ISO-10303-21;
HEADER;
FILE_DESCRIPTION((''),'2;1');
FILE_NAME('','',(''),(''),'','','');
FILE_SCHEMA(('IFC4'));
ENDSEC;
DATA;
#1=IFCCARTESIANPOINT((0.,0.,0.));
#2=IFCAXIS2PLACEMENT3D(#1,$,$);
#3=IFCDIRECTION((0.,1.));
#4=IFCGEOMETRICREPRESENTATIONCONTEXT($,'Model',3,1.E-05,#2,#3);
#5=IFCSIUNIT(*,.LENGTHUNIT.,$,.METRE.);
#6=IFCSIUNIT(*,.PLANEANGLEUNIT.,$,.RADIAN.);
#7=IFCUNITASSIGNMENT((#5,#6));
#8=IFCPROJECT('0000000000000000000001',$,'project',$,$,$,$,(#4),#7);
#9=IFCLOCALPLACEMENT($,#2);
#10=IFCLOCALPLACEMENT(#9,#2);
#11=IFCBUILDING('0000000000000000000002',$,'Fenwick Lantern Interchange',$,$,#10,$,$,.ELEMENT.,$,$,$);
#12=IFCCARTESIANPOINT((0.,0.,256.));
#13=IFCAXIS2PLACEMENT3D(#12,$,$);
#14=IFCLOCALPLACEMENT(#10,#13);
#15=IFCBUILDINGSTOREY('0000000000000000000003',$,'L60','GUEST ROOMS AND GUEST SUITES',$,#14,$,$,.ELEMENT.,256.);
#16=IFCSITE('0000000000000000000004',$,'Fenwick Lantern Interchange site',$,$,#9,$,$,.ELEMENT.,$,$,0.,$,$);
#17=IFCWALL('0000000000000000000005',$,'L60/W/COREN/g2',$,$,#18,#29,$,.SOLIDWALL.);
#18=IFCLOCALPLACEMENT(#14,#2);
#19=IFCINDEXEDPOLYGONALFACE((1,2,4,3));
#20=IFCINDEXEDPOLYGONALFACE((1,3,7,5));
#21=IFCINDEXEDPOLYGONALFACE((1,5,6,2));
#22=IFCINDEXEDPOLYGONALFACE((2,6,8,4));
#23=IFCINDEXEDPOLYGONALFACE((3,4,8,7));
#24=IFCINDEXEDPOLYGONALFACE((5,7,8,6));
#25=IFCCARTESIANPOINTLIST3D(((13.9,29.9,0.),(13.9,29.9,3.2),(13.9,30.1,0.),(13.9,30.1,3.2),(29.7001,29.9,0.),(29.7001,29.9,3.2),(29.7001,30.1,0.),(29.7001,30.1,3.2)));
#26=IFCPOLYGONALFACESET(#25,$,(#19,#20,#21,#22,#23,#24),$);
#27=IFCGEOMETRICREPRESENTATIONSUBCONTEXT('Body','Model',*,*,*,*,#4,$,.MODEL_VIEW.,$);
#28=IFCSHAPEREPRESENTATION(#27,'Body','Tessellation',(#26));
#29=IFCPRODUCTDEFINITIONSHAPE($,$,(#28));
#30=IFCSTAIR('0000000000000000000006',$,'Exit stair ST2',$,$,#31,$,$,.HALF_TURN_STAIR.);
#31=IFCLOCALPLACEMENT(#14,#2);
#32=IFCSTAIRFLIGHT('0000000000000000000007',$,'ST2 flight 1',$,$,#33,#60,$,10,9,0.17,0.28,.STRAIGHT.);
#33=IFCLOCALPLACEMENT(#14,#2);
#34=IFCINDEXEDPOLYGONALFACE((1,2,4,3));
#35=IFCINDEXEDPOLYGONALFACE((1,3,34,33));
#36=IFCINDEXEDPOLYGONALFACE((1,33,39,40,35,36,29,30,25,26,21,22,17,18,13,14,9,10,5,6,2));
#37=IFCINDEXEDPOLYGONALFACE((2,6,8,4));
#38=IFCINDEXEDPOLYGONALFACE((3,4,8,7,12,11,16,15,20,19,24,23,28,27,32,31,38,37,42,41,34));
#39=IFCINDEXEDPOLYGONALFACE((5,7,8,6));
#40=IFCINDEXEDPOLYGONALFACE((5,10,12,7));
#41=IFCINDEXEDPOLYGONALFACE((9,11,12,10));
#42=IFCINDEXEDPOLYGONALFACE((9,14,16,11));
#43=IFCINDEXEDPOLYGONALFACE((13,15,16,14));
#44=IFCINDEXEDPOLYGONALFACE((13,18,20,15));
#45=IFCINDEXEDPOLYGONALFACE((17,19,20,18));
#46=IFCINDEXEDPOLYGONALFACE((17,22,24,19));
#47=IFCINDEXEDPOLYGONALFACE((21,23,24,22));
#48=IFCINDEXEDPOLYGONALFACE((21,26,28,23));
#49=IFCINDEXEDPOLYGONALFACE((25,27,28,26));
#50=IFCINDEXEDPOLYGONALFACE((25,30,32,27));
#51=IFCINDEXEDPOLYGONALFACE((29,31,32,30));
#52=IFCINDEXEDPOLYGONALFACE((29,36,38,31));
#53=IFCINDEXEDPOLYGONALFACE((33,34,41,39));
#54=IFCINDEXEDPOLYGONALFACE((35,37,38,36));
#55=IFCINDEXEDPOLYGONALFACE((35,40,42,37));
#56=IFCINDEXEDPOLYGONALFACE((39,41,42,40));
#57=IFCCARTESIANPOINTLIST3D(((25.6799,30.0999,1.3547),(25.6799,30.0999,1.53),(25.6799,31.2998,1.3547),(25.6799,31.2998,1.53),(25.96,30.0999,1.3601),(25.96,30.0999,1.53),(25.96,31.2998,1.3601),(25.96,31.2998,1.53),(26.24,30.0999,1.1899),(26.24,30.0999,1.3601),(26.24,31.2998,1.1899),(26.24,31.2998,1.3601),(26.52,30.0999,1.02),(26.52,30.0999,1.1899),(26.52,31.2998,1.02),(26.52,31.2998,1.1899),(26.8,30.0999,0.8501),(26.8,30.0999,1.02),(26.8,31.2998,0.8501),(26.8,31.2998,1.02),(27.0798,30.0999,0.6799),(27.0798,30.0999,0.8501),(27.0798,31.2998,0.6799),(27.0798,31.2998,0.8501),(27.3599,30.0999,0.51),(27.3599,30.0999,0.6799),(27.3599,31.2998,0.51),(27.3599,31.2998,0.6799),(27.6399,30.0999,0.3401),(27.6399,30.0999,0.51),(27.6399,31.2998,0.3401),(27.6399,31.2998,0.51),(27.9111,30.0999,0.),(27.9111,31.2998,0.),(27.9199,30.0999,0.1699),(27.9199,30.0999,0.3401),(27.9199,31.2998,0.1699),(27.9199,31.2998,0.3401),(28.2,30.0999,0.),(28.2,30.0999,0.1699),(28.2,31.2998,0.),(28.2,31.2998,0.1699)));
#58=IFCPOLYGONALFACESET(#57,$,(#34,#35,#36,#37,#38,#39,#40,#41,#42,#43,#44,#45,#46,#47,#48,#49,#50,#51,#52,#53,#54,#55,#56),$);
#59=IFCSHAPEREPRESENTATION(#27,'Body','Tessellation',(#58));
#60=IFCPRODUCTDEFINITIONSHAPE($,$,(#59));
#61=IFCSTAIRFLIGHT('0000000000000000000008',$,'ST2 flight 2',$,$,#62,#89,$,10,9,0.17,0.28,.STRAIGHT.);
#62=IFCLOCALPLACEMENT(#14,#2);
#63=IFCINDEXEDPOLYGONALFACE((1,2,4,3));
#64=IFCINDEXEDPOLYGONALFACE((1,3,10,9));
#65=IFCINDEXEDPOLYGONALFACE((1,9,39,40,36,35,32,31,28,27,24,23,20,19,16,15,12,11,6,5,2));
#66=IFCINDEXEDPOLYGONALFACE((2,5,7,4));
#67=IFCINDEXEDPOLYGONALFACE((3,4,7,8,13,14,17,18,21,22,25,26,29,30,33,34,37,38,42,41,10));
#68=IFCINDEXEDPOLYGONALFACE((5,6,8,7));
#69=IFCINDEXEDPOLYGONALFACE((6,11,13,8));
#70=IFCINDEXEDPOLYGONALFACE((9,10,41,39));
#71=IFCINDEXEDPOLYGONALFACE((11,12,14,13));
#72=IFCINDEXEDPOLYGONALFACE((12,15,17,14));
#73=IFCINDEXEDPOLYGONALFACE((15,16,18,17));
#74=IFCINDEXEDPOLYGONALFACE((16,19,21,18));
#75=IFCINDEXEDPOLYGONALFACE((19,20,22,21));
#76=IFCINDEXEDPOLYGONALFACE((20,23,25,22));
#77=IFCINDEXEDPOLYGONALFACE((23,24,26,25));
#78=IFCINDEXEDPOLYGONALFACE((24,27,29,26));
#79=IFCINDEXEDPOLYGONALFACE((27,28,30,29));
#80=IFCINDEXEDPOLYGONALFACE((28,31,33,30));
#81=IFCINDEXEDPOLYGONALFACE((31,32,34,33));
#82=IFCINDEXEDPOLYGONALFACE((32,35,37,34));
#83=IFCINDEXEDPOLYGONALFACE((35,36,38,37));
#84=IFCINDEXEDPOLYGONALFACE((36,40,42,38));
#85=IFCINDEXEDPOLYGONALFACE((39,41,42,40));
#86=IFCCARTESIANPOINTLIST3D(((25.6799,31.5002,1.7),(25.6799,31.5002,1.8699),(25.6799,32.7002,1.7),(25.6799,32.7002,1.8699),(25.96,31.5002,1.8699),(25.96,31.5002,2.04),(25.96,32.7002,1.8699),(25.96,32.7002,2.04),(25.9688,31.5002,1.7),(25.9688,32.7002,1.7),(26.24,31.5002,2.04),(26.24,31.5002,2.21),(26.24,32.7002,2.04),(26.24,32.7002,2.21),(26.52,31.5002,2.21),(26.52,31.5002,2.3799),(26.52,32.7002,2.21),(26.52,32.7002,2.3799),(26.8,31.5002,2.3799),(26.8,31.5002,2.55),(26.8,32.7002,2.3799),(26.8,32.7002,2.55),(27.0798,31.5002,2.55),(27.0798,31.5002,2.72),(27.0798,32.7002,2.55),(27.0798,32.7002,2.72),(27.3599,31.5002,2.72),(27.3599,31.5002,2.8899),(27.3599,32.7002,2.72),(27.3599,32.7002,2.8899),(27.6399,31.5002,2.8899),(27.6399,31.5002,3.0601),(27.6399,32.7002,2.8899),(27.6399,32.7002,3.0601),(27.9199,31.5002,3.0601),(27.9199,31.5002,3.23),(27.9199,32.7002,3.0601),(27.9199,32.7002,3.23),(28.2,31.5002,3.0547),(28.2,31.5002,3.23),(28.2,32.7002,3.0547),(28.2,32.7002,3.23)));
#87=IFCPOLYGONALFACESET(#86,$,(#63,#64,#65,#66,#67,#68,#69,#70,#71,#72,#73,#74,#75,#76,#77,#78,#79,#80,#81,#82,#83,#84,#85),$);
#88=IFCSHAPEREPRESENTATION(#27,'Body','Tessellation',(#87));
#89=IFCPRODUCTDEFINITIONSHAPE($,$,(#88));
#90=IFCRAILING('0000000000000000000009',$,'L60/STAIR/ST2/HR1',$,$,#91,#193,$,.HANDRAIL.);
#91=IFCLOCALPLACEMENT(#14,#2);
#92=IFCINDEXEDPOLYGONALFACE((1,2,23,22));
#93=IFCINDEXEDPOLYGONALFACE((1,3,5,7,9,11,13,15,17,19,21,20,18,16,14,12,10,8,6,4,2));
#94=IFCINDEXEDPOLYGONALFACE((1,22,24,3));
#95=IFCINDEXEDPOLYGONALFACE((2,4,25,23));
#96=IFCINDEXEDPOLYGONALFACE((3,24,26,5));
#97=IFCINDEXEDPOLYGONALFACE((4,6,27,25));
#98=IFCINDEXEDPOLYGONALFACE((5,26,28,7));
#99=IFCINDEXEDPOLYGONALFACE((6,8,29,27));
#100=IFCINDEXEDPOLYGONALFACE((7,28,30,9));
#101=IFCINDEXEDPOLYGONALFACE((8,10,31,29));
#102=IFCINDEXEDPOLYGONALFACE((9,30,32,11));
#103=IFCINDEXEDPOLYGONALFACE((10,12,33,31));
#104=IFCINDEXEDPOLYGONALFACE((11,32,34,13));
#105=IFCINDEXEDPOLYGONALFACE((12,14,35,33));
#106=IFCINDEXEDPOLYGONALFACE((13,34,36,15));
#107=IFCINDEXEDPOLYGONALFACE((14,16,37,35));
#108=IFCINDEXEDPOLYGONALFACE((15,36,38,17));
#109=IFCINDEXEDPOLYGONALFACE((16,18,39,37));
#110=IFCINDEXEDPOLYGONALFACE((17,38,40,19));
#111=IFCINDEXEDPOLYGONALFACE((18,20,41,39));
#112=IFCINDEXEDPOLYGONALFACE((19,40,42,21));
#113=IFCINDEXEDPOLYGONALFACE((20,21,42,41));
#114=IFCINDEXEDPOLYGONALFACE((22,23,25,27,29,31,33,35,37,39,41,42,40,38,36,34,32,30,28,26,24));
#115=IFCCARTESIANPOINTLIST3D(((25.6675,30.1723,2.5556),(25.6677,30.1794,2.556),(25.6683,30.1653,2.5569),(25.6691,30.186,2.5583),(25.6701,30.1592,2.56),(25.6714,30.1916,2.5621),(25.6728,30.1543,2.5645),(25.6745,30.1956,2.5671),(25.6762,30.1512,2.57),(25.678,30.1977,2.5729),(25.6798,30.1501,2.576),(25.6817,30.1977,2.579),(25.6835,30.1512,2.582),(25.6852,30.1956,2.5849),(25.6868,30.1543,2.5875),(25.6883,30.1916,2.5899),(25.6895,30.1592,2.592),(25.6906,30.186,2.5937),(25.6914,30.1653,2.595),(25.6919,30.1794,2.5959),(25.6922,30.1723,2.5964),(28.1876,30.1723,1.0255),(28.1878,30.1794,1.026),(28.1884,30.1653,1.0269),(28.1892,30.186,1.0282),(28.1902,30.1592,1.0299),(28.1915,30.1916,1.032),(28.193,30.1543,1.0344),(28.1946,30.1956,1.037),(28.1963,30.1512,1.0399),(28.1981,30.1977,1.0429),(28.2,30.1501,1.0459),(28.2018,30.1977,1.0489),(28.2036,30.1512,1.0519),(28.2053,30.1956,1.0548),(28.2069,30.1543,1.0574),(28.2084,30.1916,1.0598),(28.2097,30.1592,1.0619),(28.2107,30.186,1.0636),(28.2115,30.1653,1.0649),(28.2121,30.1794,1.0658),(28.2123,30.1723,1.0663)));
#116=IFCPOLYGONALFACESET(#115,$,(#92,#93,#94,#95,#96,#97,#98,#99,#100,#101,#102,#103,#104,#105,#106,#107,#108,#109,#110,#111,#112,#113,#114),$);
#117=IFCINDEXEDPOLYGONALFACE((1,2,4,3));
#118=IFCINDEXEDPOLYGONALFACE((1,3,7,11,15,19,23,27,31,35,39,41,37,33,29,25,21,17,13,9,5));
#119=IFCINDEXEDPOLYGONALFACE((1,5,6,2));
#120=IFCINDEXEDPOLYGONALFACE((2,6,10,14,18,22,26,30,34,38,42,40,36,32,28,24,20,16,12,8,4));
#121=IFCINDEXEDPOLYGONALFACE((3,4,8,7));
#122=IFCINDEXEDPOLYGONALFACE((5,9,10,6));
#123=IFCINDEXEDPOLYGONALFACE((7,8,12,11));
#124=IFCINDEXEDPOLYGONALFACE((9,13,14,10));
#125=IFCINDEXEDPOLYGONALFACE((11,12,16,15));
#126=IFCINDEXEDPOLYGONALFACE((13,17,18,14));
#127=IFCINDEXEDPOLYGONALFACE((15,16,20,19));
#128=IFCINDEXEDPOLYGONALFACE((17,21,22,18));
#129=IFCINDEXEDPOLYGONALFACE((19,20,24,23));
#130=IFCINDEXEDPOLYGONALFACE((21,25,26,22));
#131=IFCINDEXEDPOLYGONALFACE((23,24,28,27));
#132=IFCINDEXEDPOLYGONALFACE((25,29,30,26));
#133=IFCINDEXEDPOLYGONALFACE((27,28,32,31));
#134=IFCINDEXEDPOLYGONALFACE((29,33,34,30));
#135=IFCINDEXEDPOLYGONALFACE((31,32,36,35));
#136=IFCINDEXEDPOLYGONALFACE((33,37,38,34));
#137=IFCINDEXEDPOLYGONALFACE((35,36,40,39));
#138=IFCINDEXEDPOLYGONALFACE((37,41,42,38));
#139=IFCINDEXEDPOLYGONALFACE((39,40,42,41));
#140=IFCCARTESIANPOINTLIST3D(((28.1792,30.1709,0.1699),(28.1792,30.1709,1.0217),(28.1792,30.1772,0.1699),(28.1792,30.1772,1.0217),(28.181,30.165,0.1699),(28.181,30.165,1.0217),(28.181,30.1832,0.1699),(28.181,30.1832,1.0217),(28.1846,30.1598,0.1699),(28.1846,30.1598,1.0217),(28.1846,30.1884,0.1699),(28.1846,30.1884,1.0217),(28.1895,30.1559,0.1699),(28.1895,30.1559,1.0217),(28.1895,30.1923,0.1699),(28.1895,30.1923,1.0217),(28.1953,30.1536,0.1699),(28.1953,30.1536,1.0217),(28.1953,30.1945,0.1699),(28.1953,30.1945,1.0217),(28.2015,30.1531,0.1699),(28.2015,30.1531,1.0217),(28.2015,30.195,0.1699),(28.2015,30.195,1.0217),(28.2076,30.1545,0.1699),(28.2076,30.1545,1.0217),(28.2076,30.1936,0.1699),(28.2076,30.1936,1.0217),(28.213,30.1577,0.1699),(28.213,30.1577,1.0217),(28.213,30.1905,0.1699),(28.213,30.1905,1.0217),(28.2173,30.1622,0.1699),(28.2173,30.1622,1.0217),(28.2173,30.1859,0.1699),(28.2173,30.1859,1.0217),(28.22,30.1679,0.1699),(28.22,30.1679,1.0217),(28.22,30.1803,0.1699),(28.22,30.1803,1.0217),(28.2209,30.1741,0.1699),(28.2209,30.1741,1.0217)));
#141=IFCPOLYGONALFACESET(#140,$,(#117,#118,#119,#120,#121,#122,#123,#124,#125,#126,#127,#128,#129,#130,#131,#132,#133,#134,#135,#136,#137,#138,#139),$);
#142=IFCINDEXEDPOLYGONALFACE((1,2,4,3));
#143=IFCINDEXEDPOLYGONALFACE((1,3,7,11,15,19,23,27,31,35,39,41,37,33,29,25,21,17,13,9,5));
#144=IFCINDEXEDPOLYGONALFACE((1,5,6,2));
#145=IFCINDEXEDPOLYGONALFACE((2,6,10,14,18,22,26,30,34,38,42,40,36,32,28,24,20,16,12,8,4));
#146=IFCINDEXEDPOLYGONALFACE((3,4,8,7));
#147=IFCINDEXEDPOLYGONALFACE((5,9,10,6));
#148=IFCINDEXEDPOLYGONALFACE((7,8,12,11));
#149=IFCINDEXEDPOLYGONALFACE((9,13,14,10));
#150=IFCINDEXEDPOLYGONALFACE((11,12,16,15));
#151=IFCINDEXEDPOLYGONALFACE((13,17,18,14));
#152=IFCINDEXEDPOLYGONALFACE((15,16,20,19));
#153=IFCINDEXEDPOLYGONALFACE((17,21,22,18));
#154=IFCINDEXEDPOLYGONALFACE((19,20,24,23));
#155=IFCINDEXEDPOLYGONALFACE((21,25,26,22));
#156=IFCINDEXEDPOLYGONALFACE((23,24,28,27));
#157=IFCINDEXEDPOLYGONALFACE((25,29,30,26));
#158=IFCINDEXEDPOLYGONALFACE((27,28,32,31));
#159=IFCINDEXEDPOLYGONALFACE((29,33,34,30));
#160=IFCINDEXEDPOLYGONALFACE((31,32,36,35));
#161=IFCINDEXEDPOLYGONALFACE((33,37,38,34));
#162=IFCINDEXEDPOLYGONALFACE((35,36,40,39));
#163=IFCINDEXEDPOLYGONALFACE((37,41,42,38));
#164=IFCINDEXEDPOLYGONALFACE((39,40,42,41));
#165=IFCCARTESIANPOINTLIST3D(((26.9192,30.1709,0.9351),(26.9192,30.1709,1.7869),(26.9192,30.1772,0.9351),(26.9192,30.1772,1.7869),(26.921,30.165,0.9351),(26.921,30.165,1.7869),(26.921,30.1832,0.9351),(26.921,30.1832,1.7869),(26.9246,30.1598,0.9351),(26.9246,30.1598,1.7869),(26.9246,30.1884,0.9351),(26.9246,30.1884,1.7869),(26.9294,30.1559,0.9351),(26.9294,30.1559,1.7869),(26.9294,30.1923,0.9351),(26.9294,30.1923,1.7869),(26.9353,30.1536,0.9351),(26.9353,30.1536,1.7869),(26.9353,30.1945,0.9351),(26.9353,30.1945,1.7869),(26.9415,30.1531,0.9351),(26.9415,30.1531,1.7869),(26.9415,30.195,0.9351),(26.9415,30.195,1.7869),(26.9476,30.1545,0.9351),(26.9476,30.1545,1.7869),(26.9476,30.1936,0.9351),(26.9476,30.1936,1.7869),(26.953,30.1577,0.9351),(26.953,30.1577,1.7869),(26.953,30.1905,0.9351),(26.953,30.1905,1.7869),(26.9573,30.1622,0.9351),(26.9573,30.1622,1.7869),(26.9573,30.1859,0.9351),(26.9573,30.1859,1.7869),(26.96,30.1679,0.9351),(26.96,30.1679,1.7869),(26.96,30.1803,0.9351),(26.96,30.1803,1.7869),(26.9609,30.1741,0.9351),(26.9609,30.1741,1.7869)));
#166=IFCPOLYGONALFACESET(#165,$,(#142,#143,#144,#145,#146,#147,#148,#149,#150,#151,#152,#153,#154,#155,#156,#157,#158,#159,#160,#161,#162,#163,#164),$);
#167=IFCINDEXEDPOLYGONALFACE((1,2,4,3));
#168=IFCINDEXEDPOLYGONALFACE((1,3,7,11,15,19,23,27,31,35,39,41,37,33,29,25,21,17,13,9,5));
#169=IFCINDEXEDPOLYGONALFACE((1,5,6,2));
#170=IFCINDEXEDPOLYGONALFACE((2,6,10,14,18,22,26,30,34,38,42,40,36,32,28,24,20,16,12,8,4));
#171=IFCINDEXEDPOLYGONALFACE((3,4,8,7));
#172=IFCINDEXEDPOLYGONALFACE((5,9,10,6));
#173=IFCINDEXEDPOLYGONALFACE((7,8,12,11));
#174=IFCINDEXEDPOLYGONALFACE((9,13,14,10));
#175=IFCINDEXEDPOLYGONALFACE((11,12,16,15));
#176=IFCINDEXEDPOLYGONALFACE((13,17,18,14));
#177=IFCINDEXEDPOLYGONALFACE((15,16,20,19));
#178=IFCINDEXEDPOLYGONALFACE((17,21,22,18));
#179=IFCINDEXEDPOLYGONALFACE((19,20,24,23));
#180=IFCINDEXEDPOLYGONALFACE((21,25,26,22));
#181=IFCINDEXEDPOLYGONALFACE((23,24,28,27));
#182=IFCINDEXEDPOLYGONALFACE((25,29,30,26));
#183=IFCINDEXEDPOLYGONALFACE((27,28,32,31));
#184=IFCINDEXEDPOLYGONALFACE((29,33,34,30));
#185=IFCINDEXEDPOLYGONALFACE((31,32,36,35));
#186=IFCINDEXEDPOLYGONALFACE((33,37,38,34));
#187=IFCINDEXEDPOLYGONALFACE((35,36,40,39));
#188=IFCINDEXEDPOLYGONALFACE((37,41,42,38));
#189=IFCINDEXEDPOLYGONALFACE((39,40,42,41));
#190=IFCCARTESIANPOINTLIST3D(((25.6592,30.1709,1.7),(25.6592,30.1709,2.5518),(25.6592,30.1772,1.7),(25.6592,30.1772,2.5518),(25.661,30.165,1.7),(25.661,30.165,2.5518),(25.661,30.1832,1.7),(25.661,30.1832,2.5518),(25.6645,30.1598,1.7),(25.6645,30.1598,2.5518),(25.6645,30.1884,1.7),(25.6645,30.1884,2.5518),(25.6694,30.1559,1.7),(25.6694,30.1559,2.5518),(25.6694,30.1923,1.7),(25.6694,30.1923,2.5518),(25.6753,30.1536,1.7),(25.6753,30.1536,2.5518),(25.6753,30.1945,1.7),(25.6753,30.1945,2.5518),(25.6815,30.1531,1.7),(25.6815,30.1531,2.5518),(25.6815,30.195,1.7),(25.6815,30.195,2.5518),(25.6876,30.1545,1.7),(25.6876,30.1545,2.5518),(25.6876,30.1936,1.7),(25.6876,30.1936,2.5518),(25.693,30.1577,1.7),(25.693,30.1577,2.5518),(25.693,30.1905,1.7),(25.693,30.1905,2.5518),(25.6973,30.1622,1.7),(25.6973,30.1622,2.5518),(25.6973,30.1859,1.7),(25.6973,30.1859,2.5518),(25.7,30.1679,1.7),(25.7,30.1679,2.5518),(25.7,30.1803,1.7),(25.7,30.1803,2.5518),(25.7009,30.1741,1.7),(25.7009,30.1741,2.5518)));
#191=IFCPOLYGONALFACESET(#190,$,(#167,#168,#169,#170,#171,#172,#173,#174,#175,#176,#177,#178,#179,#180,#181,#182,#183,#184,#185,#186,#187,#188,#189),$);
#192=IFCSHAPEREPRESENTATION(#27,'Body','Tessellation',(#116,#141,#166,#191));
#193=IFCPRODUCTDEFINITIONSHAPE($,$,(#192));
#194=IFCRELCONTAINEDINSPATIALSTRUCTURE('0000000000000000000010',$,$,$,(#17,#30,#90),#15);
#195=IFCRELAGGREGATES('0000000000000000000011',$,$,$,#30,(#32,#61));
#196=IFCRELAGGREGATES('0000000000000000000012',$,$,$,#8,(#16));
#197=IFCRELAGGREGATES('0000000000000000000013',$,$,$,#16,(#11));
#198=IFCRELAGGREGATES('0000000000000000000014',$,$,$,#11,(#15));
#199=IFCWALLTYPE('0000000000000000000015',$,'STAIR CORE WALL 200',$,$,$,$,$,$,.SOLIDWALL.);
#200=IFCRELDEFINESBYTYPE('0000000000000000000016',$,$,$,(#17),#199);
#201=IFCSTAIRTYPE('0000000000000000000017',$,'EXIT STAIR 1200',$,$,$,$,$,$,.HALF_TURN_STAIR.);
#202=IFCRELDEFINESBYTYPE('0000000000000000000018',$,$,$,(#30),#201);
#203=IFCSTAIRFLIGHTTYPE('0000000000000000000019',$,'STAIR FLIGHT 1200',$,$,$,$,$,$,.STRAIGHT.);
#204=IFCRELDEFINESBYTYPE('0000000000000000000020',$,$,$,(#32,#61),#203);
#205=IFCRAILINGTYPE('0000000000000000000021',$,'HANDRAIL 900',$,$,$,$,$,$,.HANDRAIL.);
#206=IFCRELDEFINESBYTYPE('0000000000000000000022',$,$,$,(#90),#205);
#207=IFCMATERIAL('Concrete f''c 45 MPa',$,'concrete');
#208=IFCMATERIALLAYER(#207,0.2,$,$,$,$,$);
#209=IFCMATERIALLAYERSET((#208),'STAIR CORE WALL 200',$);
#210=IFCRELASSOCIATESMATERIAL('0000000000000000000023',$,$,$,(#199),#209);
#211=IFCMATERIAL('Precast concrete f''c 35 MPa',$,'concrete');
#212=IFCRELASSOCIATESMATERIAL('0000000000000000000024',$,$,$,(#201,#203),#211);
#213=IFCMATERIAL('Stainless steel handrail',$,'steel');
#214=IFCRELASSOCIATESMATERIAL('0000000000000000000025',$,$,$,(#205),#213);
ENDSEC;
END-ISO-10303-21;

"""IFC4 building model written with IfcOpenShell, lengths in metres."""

from ifc_helpers import new_model, si_unit, direction, frame, frame_2d, origin, origin_2d, place, context, subcontext, project, spatial, polyline, rectangle, circle, outline, extrude, material, layer, layer_set, type_object, element, aggregate, save


model = new_model("IFC4")

# Units and contexts
model_context = context("Model", 3, precision=1e-05, world=origin(), true_north=direction((0.0, 1.0)))
body_context = subcontext(model_context, "Body", "Model", "MODEL_VIEW")
ifc_project = project(units=[si_unit("LENGTHUNIT", "METRE"), si_unit("PLANEANGLEUNIT", "RADIAN")], contexts=[model_context])

# Site, building, storey
site_placement = place(None, origin())
site = spatial("IfcSite", under=ifc_project, at=site_placement, Name="Fenwick Lantern Interchange site", CompositionType="ELEMENT", RefElevation=0.0)
building_placement = place(site_placement, origin())
building = spatial("IfcBuilding", under=site, at=building_placement, Name="Fenwick Lantern Interchange", CompositionType="ELEMENT")
storey_placement = place(building_placement, frame((0.0, 0.0, 256.0)))
storey = spatial("IfcBuildingStorey", under=building, at=storey_placement, Name="L60", Description="GUEST ROOMS AND GUEST SUITES", CompositionType="ELEMENT", Elevation=256.0)

# Shared definitions
ifc_material_1 = material(Name="Concrete f'c 45 MPa", Category="concrete")
ifc_layer_1 = layer(ifc_material_1, 0.2)
ifc_layer_set_1 = layer_set([ifc_layer_1], Name="STAIR CORE WALL 200")
wall_type_1 = type_object("IfcWallType", Name="STAIR CORE WALL 200", PredefinedType="SOLIDWALL", material=ifc_layer_set_1)

# Wall
wall_1_placement = place(storey_placement, frame((29.7, 30.0, 0.0), z_axis=(0.0, 0.0, 1.0), x_axis=(-1.0, 0.0, 0.0)))
element("IfcWall", 1, at=wall_1_placement, inside=storey, type_object=wall_type_1, Name="L60/W/COREN/g2", PredefinedType="SOLIDWALL", context=body_context, shape_type="SweptSolid", body=[
    extrude(rectangle(XDim=15.8, YDim=0.2, at=frame_2d((7.8999, 0.0))), origin(), (0.0, 0.0, 1.0), 3.2),
])

# Stair, stair flights
ifc_material_2 = material(Name="Precast concrete f'c 35 MPa", Category="concrete")
stair_type = type_object("IfcStairType", Name="EXIT STAIR 1200", PredefinedType="HALF_TURN_STAIR", material=ifc_material_2)
stair_placement = place(storey_placement, origin())
stair = element("IfcStair", 2, at=stair_placement, inside=storey, type_object=stair_type, Name="Exit stair ST2", PredefinedType="HALF_TURN_STAIR")
stair_flight_type = type_object("IfcStairFlightType", Name="STAIR FLIGHT 1200", PredefinedType="STRAIGHT", material=ifc_material_2)
stair_flight_1_placement = place(storey_placement, frame((28.2, 30.7, 0.0), z_axis=(0.0, 0.0, 1.0), x_axis=(-1.0, 0.0, 0.0)))
stair_flight_1 = element("IfcStairFlight", 3, at=stair_flight_1_placement, type_object=stair_flight_type, Name="ST2 flight 1", NumberOfRisers=10, NumberOfTreads=9, PredefinedType="STRAIGHT", RiserHeight=0.17, TreadLength=0.28, context=body_context, shape_type="SweptSolid", body=[
    extrude(outline(polyline([(0.0, 0.0), (0.0, 0.1699), (0.28, 0.1699), (0.28, 0.3401), (0.5601, 0.3401), (0.5601, 0.51), (0.8401, 0.51), (0.8401, 0.6799), (1.1201, 0.6799), (1.1201, 0.8501), (1.3999, 0.8501), (1.3999, 1.02), (1.6799, 1.02), (1.6799, 1.1899), (1.96, 1.1899), (1.96, 1.3601), (2.24, 1.3601), (2.24, 1.53), (2.52, 1.53), (2.52, 1.7), (2.52, 1.3547), (0.2888, 0.0), (0.0, 0.0)])), frame((0.0, 0.6001, 0.0), z_axis=(0.0, -1.0, 0.0), x_axis=(1.0, 0.0, 0.0)), (0.0, 0.0, 1.0), 1.2),
])
stair_flight_2_placement = place(storey_placement, frame((25.6799, 32.1001, 1.7), z_axis=(0.0, 0.0, 1.0), x_axis=(1.0, 0.0, 0.0)))
stair_flight_2 = element("IfcStairFlight", 4, at=stair_flight_2_placement, type_object=stair_flight_type, Name="ST2 flight 2", NumberOfRisers=10, NumberOfTreads=9, PredefinedType="STRAIGHT", RiserHeight=0.17, TreadLength=0.28, context=body_context, shape_type="SweptSolid", body=[
    extrude(outline(polyline([(0.0, 0.0), (0.0, 0.1699), (0.28, 0.1699), (0.28, 0.3401), (0.5601, 0.3401), (0.5601, 0.51), (0.8401, 0.51), (0.8401, 0.6799), (1.1201, 0.6799), (1.1201, 0.8501), (1.3999, 0.8501), (1.3999, 1.02), (1.6799, 1.02), (1.6799, 1.1899), (1.96, 1.1899), (1.96, 1.3601), (2.24, 1.3601), (2.24, 1.53), (2.52, 1.53), (2.52, 1.7), (2.52, 1.3547), (0.2888, 0.0), (0.0, 0.0)])), frame((0.0, 0.6001, 0.0), z_axis=(0.0, -1.0, 0.0), x_axis=(1.0, 0.0, 0.0)), (0.0, 0.0, 1.0), 1.2),
])
aggregate(stair, [stair_flight_1, stair_flight_2])

# Railing
ifc_material_3 = material(Name="Stainless steel handrail", Category="steel")
railing_type = type_object("IfcRailingType", Name="HANDRAIL 900", PredefinedType="HANDRAIL", material=ifc_material_3)
railing_1_placement = place(storey_placement, frame((28.2, 30.1741, 0.1699)))
element("IfcRailing", 5, at=railing_1_placement, inside=storey, type_object=railing_type, Name="L60/STAIR/ST2/HR1", PredefinedType="HANDRAIL", context=body_context, shape_type="SweptSolid", body=[
    extrude(circle(Radius=0.0239, at=origin_2d()), frame((0.0, 0.0, 0.876), z_axis=(-0.854785, 0.0, 0.518982), x_axis=(0.0, -1.0, 0.0)), (0.0, 0.0, 1.0), 2.9482),
    extrude(circle(Radius=0.021, at=origin_2d()), origin(), (0.0, 0.0, 1.0), 0.8518),
    extrude(circle(Radius=0.021, at=origin_2d()), frame((-1.26, 0.0, 0.7651)), (0.0, 0.0, 1.0), 0.8518),
    extrude(circle(Radius=0.021, at=origin_2d()), frame((-2.52, 0.0, 1.53)), (0.0, 0.0, 1.0), 0.8518),
])

save(model, "model.ifc")
